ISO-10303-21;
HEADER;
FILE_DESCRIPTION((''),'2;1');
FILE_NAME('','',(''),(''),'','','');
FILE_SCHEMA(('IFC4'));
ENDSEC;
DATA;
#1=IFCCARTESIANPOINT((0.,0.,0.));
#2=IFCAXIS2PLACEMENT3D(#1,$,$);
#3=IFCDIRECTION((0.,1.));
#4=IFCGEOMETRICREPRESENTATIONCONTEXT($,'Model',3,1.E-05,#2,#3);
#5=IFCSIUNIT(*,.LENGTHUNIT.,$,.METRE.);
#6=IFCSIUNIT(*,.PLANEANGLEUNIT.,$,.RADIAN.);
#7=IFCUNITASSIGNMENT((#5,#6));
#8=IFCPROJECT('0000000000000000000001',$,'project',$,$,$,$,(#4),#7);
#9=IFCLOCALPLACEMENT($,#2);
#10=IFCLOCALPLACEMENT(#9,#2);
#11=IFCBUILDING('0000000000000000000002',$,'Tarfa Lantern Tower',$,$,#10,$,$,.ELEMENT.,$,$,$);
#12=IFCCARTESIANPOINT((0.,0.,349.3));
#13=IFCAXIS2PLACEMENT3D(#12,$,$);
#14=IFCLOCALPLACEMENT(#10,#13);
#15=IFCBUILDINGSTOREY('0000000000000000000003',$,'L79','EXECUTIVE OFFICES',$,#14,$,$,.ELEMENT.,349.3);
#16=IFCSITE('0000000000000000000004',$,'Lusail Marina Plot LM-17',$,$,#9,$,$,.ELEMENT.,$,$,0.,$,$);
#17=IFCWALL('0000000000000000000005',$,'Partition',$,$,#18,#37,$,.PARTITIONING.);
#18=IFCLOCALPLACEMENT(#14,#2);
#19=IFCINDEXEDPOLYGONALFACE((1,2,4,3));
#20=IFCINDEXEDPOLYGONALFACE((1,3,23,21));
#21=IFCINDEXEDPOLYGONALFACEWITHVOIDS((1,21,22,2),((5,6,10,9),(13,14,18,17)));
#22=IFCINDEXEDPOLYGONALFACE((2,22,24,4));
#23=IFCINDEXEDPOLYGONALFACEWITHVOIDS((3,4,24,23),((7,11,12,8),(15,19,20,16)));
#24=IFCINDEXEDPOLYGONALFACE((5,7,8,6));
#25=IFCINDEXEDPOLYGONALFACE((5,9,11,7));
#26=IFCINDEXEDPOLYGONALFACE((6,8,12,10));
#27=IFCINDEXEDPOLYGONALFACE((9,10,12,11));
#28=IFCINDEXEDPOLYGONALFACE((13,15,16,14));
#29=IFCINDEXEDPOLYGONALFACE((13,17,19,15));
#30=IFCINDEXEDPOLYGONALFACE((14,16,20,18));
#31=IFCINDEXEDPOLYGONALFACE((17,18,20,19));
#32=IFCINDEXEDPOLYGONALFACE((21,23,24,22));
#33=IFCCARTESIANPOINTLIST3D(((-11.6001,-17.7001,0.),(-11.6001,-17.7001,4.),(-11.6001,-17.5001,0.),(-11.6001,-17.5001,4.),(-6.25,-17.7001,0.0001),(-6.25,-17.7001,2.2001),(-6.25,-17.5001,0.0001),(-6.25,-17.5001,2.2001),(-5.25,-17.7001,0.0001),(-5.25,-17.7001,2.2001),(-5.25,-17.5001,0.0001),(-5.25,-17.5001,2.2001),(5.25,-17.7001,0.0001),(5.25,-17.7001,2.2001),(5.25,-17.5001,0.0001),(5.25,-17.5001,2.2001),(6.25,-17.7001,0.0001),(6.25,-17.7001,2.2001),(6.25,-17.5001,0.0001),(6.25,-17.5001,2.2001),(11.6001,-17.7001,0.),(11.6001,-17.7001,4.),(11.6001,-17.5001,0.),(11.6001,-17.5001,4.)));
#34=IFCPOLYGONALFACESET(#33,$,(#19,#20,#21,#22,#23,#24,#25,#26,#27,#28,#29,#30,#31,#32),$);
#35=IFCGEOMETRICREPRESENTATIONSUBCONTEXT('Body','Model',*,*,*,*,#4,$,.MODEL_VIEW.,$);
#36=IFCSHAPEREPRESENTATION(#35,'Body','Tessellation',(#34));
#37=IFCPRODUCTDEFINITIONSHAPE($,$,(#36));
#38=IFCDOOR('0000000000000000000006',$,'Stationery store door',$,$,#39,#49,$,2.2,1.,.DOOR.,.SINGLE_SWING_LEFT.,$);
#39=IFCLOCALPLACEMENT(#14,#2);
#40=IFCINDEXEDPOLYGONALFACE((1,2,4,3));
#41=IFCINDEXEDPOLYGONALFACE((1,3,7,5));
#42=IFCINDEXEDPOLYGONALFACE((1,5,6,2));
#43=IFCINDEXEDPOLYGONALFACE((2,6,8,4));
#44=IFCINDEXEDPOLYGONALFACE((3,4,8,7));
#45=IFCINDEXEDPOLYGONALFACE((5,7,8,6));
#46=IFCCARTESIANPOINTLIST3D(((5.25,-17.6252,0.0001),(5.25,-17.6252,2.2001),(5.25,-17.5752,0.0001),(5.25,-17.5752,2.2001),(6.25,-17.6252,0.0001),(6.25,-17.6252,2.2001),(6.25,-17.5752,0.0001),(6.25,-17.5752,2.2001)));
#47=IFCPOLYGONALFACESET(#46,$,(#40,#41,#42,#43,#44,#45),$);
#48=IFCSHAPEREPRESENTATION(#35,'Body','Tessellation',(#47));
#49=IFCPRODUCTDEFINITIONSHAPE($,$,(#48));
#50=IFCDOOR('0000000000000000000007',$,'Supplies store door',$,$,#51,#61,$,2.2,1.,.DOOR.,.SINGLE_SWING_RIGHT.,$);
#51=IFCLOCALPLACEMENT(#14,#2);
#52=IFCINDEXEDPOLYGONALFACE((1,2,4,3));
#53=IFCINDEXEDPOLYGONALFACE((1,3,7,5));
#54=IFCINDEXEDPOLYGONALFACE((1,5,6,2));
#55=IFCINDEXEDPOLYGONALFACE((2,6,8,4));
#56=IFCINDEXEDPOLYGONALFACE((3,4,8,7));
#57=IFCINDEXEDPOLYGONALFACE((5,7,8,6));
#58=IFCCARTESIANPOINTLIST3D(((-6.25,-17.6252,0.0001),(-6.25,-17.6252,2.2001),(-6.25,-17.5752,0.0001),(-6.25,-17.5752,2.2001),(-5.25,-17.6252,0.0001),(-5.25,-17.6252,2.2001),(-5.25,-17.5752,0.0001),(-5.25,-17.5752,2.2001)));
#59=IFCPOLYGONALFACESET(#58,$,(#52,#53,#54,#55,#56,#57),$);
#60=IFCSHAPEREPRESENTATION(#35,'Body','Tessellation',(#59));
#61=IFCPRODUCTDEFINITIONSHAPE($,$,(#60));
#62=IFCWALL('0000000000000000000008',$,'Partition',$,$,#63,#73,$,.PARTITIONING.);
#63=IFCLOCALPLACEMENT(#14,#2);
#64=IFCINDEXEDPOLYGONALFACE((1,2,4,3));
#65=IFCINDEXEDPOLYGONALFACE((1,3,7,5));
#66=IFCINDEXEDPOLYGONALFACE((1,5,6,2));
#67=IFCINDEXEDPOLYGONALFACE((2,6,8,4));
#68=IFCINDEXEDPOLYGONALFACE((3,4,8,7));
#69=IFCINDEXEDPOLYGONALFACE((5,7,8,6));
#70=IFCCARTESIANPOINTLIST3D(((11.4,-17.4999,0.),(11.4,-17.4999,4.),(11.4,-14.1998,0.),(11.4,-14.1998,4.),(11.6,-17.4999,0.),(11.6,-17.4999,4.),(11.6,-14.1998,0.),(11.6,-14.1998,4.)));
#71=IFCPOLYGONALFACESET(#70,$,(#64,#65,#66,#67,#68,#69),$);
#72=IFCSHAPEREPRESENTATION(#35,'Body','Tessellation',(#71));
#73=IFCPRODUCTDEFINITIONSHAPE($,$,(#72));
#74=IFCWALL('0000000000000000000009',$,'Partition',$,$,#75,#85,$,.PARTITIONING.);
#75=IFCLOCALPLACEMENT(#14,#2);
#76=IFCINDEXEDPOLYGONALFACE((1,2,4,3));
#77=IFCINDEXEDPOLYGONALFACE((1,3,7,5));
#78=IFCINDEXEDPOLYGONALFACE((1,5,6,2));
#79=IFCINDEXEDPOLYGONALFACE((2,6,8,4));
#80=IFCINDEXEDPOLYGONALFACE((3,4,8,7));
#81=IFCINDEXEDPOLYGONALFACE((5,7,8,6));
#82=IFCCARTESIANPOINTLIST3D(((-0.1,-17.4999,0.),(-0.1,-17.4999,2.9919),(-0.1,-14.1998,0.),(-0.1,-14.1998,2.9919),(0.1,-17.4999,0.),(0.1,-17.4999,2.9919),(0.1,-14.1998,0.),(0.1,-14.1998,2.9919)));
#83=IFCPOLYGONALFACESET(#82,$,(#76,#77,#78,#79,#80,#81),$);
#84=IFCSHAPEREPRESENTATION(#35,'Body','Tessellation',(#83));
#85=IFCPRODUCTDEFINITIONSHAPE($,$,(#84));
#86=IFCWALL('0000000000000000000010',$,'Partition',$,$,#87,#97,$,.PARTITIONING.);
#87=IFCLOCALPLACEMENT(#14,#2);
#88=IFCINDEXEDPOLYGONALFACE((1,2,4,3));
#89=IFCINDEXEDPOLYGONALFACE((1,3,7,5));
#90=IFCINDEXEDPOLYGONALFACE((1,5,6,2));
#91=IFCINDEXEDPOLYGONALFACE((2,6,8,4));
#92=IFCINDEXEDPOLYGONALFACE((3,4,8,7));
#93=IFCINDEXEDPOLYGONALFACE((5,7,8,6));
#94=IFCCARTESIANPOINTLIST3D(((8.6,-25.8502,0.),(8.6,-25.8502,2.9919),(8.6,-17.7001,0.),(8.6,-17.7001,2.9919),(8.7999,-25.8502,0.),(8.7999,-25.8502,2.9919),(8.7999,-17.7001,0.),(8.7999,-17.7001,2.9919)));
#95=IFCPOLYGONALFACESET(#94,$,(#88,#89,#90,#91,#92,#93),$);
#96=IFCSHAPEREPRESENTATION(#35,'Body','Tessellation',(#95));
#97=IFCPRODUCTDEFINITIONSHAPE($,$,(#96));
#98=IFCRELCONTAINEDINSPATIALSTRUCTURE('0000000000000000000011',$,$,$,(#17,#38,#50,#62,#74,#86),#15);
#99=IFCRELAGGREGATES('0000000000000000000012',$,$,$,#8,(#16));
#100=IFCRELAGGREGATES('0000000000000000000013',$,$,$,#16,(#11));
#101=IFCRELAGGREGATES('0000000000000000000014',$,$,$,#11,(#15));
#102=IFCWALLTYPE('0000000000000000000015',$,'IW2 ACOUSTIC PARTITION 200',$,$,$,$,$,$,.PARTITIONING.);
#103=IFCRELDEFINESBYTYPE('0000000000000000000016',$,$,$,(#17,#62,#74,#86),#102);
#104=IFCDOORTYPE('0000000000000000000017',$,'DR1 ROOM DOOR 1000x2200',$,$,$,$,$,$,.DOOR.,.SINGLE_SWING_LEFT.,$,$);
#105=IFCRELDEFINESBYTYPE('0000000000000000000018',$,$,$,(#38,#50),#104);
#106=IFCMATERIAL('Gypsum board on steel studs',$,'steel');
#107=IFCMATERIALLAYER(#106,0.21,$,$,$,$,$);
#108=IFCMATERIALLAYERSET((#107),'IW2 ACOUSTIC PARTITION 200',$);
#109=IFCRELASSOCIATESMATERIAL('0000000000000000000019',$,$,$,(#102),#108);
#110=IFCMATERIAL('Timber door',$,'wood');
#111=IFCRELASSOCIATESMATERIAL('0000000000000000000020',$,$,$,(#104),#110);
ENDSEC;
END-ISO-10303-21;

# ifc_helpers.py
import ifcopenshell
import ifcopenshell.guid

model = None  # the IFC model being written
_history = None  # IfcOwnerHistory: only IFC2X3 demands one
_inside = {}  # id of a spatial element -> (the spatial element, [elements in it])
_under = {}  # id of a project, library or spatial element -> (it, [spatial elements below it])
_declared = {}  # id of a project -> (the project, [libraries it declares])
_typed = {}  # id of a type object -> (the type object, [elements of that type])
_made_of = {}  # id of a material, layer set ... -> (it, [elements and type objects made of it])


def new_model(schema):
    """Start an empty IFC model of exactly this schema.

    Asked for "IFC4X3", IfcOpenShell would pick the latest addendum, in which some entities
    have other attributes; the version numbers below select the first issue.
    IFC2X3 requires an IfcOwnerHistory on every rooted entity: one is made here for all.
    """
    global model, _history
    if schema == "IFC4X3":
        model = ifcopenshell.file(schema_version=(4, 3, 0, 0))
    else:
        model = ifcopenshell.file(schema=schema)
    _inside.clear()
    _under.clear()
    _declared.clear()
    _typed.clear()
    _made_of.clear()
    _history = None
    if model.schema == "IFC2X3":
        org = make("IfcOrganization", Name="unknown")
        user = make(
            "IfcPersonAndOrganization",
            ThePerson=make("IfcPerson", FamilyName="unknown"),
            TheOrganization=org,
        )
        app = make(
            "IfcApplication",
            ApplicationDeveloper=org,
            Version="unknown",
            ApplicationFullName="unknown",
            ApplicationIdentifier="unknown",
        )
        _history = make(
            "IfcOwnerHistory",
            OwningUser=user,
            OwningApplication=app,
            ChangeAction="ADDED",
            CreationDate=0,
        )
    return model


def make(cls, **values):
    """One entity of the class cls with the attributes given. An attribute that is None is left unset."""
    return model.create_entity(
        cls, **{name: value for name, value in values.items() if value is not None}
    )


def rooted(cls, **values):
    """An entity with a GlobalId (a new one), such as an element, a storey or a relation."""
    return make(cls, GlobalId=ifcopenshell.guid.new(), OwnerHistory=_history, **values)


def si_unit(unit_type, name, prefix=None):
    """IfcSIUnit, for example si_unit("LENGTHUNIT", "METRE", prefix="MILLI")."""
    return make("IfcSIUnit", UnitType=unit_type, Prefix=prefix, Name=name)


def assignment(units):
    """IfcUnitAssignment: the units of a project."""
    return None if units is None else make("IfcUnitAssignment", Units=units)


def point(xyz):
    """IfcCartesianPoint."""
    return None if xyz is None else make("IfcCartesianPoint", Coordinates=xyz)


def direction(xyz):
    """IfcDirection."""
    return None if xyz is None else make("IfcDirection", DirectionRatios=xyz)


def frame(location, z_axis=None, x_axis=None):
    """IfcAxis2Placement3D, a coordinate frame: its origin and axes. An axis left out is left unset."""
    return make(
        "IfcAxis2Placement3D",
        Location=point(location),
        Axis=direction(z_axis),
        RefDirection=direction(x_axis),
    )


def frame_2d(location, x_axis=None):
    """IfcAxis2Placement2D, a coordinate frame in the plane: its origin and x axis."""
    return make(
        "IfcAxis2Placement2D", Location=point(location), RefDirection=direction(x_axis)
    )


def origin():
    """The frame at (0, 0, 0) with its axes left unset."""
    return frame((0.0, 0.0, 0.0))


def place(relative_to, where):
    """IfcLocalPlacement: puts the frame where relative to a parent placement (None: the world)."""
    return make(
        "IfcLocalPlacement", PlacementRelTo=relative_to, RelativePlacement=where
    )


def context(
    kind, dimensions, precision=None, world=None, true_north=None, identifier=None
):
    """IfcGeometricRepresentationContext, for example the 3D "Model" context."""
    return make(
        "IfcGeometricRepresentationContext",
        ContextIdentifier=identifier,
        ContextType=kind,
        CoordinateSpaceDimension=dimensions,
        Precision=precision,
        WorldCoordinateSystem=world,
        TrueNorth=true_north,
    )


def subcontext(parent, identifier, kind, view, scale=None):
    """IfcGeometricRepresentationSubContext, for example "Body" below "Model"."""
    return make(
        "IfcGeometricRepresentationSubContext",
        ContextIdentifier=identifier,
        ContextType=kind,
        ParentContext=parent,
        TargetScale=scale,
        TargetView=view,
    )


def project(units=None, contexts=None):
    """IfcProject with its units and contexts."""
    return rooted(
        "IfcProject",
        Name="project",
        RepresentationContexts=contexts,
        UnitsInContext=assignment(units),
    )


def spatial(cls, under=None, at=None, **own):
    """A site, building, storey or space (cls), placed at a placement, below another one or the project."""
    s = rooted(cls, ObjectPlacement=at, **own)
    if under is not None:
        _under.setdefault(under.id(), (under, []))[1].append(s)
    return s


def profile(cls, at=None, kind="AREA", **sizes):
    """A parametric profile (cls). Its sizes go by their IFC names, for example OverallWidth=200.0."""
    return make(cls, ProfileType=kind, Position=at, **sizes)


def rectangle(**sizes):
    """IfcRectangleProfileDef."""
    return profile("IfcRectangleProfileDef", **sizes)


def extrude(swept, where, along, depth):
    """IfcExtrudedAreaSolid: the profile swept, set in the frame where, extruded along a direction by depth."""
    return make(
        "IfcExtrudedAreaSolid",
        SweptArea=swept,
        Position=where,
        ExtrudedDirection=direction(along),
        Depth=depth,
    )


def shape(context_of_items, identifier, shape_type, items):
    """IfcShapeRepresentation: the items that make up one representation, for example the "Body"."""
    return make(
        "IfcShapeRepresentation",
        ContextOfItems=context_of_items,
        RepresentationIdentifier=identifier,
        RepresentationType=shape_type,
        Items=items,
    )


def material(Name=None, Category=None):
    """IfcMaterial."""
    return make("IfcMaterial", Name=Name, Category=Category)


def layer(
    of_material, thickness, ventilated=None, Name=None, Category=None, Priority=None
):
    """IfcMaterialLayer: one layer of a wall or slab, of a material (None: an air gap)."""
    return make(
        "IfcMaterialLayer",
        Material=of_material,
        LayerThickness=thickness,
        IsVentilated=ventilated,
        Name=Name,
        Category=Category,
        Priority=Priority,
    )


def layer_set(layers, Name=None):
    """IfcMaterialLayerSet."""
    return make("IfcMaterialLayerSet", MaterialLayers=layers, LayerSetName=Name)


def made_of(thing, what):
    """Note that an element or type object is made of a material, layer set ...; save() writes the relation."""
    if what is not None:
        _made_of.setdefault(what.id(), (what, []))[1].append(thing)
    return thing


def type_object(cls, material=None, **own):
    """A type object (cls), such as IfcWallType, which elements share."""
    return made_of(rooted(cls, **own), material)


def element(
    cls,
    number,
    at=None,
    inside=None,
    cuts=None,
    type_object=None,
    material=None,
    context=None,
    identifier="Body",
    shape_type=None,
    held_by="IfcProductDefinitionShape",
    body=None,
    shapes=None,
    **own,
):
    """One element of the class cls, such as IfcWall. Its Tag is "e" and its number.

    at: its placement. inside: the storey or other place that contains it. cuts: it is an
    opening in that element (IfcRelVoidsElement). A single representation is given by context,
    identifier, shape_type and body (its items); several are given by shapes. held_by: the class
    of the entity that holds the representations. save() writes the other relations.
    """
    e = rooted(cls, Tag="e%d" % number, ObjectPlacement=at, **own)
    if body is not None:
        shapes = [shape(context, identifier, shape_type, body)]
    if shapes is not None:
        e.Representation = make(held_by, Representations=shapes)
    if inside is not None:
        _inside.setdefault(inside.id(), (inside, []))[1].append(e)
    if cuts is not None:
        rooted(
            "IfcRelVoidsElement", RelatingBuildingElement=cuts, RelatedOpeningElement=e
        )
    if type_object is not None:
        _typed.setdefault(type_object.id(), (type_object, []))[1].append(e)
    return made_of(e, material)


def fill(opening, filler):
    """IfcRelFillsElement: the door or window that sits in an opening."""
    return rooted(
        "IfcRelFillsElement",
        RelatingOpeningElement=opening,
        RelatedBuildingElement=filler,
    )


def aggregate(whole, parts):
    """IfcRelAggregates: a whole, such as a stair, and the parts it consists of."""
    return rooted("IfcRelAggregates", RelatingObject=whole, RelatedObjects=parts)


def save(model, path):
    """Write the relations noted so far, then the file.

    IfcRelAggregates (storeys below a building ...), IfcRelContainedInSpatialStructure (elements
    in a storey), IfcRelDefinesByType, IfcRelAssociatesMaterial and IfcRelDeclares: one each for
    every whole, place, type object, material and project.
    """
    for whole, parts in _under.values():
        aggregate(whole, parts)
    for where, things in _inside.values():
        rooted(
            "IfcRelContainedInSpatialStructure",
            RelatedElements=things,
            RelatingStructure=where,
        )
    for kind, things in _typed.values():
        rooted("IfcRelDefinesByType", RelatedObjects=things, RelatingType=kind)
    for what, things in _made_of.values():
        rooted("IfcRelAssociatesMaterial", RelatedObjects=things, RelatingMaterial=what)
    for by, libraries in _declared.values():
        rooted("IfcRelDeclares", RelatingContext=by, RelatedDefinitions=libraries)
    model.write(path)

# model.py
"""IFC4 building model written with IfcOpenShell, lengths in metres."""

from ifc_helpers import new_model, si_unit, direction, frame, frame_2d, origin, place, context, subcontext, project, spatial, rectangle, extrude, material, layer, layer_set, type_object, element, fill, save


model = new_model("IFC4")

# Units and contexts
model_context = context("Model", 3, precision=1e-05, world=origin(), true_north=direction((0.0, 1.0)))
body_context = subcontext(model_context, "Body", "Model", "MODEL_VIEW")
ifc_project = project(units=[si_unit("LENGTHUNIT", "METRE"), si_unit("PLANEANGLEUNIT", "RADIAN")], contexts=[model_context])

# Site, building, storey
site_placement = place(None, origin())
site = spatial("IfcSite", under=ifc_project, at=site_placement, Name="Lusail Marina Plot LM-17", CompositionType="ELEMENT", RefElevation=0.0)
building_placement = place(site_placement, origin())
building = spatial("IfcBuilding", under=site, at=building_placement, Name="Tarfa Lantern Tower", CompositionType="ELEMENT")
storey_placement = place(building_placement, frame((0.0, 0.0, 349.3)))
storey = spatial("IfcBuildingStorey", under=building, at=storey_placement, Name="L79", Description="EXECUTIVE OFFICES", CompositionType="ELEMENT", Elevation=349.3)

# Wall, openings, doors
ifc_material_1 = material(Name="Gypsum board on steel studs", Category="steel")
ifc_layer_1 = layer(ifc_material_1, 0.21)
ifc_layer_set_1 = layer_set([ifc_layer_1], Name="IW2 ACOUSTIC PARTITION 200")
wall_type = type_object("IfcWallType", Name="IW2 ACOUSTIC PARTITION 200", PredefinedType="PARTITIONING", material=ifc_layer_set_1)
wall_1_placement = place(storey_placement, frame((11.6001, -17.6001, 0.0), z_axis=(0.0, 0.0, 1.0), x_axis=(-1.0, 0.0, 0.0)))
wall_1 = element("IfcWall", 1, at=wall_1_placement, inside=storey, type_object=wall_type, Name="Partition", PredefinedType="PARTITIONING", context=body_context, shape_type="SweptSolid", body=[
    extrude(rectangle(XDim=23.2002, YDim=0.2, at=frame_2d((11.6001, 0.0))), origin(), (0.0, 0.0, 1.0), 4.0),
])
opening_1_placement = place(wall_1_placement, frame((5.3501, 0.0, 0.0)))
opening_1 = element("IfcOpeningElement", 2, at=opening_1_placement, cuts=wall_1, PredefinedType="OPENING", context=body_context, shape_type="SweptSolid", body=[
    extrude(rectangle(XDim=1.0, YDim=2.2, at=frame_2d((0.5, 1.1001))), frame((0.0, 0.1099, 0.0), z_axis=(0.0, -1.0, 0.0), x_axis=(1.0, 0.0, 0.0)), (0.0, 0.0, 1.0), 0.22),
])
opening_2_placement = place(wall_1_placement, frame((16.8501, 0.0, 0.0)))
opening_2 = element("IfcOpeningElement", 3, at=opening_2_placement, cuts=wall_1, PredefinedType="OPENING", context=body_context, shape_type="SweptSolid", body=[
    extrude(rectangle(XDim=1.0, YDim=2.2, at=frame_2d((0.5, 1.1001))), frame((0.0, 0.1099, 0.0), z_axis=(0.0, -1.0, 0.0), x_axis=(1.0, 0.0, 0.0)), (0.0, 0.0, 1.0), 0.22),
])
ifc_material_2 = material(Name="Timber door", Category="wood")
door_type = type_object("IfcDoorType", Name="DR1 ROOM DOOR 1000x2200", OperationType="SINGLE_SWING_LEFT", PredefinedType="DOOR", material=ifc_material_2)
door_1_placement = place(opening_1_placement, frame((1.0, 0.0, 0.0), z_axis=(0.0, 0.0, 1.0), x_axis=(-1.0, 0.0, 0.0)))
door_1 = element("IfcDoor", 4, at=door_1_placement, inside=storey, type_object=door_type, Name="Stationery store door", OperationType="SINGLE_SWING_LEFT", OverallHeight=2.2, OverallWidth=1.0, PredefinedType="DOOR", context=body_context, shape_type="SweptSolid", body=[
    extrude(rectangle(XDim=1.0, YDim=2.2, at=frame_2d((0.5, 1.1001))), frame((0.0, 0.0249, 0.0), z_axis=(0.0, -1.0, 0.0), x_axis=(1.0, 0.0, 0.0)), (0.0, 0.0, 1.0), 0.05),
])
fill(opening_1, door_1)
door_2_placement = place(opening_2_placement, frame((1.0, 0.0, 0.0), z_axis=(0.0, 0.0, 1.0), x_axis=(-1.0, 0.0, 0.0)))
door_2 = element("IfcDoor", 5, at=door_2_placement, inside=storey, type_object=door_type, Name="Supplies store door", OperationType="SINGLE_SWING_RIGHT", OverallHeight=2.2, OverallWidth=1.0, PredefinedType="DOOR", context=body_context, shape_type="SweptSolid", body=[
    extrude(rectangle(XDim=1.0, YDim=2.2, at=frame_2d((0.5, 1.1001))), frame((0.0, 0.0249, 0.0), z_axis=(0.0, -1.0, 0.0), x_axis=(1.0, 0.0, 0.0)), (0.0, 0.0, 1.0), 0.05),
])
fill(opening_2, door_2)

# Walls
wall_2_placement = place(storey_placement, frame((11.5, -14.2, 0.0), z_axis=(0.0, 0.0, 1.0), x_axis=(0.0, -1.0, 0.0)))
element("IfcWall", 6, at=wall_2_placement, inside=storey, type_object=wall_type, Name="Partition", PredefinedType="PARTITIONING", context=body_context, shape_type="SweptSolid", body=[
    extrude(rectangle(XDim=3.3, YDim=0.2, at=frame_2d((1.6499, 0.0))), origin(), (0.0, 0.0, 1.0), 4.0),
])
wall_3_placement = place(storey_placement, frame((0.0, -14.2, 0.0), z_axis=(0.0, 0.0, 1.0), x_axis=(0.0, -1.0, 0.0)))
element("IfcWall", 7, at=wall_3_placement, inside=storey, type_object=wall_type, Name="Partition", PredefinedType="PARTITIONING", context=body_context, shape_type="SweptSolid", body=[
    extrude(rectangle(XDim=3.3, YDim=0.2, at=frame_2d((1.6499, 0.0))), origin(), (0.0, 0.0, 1.0), 2.9919),
])
wall_4_placement = place(storey_placement, frame((8.7, -17.7, 0.0), z_axis=(0.0, 0.0, 1.0), x_axis=(0.0, -1.0, 0.0)))
element("IfcWall", 8, at=wall_4_placement, inside=storey, type_object=wall_type, Name="Partition", PredefinedType="PARTITIONING", context=body_context, shape_type="SweptSolid", body=[
    extrude(rectangle(XDim=8.1501, YDim=0.2, at=frame_2d((4.0752, 0.0))), origin(), (0.0, 0.0, 1.0), 2.9919),
])

save(model, "model.ifc")
